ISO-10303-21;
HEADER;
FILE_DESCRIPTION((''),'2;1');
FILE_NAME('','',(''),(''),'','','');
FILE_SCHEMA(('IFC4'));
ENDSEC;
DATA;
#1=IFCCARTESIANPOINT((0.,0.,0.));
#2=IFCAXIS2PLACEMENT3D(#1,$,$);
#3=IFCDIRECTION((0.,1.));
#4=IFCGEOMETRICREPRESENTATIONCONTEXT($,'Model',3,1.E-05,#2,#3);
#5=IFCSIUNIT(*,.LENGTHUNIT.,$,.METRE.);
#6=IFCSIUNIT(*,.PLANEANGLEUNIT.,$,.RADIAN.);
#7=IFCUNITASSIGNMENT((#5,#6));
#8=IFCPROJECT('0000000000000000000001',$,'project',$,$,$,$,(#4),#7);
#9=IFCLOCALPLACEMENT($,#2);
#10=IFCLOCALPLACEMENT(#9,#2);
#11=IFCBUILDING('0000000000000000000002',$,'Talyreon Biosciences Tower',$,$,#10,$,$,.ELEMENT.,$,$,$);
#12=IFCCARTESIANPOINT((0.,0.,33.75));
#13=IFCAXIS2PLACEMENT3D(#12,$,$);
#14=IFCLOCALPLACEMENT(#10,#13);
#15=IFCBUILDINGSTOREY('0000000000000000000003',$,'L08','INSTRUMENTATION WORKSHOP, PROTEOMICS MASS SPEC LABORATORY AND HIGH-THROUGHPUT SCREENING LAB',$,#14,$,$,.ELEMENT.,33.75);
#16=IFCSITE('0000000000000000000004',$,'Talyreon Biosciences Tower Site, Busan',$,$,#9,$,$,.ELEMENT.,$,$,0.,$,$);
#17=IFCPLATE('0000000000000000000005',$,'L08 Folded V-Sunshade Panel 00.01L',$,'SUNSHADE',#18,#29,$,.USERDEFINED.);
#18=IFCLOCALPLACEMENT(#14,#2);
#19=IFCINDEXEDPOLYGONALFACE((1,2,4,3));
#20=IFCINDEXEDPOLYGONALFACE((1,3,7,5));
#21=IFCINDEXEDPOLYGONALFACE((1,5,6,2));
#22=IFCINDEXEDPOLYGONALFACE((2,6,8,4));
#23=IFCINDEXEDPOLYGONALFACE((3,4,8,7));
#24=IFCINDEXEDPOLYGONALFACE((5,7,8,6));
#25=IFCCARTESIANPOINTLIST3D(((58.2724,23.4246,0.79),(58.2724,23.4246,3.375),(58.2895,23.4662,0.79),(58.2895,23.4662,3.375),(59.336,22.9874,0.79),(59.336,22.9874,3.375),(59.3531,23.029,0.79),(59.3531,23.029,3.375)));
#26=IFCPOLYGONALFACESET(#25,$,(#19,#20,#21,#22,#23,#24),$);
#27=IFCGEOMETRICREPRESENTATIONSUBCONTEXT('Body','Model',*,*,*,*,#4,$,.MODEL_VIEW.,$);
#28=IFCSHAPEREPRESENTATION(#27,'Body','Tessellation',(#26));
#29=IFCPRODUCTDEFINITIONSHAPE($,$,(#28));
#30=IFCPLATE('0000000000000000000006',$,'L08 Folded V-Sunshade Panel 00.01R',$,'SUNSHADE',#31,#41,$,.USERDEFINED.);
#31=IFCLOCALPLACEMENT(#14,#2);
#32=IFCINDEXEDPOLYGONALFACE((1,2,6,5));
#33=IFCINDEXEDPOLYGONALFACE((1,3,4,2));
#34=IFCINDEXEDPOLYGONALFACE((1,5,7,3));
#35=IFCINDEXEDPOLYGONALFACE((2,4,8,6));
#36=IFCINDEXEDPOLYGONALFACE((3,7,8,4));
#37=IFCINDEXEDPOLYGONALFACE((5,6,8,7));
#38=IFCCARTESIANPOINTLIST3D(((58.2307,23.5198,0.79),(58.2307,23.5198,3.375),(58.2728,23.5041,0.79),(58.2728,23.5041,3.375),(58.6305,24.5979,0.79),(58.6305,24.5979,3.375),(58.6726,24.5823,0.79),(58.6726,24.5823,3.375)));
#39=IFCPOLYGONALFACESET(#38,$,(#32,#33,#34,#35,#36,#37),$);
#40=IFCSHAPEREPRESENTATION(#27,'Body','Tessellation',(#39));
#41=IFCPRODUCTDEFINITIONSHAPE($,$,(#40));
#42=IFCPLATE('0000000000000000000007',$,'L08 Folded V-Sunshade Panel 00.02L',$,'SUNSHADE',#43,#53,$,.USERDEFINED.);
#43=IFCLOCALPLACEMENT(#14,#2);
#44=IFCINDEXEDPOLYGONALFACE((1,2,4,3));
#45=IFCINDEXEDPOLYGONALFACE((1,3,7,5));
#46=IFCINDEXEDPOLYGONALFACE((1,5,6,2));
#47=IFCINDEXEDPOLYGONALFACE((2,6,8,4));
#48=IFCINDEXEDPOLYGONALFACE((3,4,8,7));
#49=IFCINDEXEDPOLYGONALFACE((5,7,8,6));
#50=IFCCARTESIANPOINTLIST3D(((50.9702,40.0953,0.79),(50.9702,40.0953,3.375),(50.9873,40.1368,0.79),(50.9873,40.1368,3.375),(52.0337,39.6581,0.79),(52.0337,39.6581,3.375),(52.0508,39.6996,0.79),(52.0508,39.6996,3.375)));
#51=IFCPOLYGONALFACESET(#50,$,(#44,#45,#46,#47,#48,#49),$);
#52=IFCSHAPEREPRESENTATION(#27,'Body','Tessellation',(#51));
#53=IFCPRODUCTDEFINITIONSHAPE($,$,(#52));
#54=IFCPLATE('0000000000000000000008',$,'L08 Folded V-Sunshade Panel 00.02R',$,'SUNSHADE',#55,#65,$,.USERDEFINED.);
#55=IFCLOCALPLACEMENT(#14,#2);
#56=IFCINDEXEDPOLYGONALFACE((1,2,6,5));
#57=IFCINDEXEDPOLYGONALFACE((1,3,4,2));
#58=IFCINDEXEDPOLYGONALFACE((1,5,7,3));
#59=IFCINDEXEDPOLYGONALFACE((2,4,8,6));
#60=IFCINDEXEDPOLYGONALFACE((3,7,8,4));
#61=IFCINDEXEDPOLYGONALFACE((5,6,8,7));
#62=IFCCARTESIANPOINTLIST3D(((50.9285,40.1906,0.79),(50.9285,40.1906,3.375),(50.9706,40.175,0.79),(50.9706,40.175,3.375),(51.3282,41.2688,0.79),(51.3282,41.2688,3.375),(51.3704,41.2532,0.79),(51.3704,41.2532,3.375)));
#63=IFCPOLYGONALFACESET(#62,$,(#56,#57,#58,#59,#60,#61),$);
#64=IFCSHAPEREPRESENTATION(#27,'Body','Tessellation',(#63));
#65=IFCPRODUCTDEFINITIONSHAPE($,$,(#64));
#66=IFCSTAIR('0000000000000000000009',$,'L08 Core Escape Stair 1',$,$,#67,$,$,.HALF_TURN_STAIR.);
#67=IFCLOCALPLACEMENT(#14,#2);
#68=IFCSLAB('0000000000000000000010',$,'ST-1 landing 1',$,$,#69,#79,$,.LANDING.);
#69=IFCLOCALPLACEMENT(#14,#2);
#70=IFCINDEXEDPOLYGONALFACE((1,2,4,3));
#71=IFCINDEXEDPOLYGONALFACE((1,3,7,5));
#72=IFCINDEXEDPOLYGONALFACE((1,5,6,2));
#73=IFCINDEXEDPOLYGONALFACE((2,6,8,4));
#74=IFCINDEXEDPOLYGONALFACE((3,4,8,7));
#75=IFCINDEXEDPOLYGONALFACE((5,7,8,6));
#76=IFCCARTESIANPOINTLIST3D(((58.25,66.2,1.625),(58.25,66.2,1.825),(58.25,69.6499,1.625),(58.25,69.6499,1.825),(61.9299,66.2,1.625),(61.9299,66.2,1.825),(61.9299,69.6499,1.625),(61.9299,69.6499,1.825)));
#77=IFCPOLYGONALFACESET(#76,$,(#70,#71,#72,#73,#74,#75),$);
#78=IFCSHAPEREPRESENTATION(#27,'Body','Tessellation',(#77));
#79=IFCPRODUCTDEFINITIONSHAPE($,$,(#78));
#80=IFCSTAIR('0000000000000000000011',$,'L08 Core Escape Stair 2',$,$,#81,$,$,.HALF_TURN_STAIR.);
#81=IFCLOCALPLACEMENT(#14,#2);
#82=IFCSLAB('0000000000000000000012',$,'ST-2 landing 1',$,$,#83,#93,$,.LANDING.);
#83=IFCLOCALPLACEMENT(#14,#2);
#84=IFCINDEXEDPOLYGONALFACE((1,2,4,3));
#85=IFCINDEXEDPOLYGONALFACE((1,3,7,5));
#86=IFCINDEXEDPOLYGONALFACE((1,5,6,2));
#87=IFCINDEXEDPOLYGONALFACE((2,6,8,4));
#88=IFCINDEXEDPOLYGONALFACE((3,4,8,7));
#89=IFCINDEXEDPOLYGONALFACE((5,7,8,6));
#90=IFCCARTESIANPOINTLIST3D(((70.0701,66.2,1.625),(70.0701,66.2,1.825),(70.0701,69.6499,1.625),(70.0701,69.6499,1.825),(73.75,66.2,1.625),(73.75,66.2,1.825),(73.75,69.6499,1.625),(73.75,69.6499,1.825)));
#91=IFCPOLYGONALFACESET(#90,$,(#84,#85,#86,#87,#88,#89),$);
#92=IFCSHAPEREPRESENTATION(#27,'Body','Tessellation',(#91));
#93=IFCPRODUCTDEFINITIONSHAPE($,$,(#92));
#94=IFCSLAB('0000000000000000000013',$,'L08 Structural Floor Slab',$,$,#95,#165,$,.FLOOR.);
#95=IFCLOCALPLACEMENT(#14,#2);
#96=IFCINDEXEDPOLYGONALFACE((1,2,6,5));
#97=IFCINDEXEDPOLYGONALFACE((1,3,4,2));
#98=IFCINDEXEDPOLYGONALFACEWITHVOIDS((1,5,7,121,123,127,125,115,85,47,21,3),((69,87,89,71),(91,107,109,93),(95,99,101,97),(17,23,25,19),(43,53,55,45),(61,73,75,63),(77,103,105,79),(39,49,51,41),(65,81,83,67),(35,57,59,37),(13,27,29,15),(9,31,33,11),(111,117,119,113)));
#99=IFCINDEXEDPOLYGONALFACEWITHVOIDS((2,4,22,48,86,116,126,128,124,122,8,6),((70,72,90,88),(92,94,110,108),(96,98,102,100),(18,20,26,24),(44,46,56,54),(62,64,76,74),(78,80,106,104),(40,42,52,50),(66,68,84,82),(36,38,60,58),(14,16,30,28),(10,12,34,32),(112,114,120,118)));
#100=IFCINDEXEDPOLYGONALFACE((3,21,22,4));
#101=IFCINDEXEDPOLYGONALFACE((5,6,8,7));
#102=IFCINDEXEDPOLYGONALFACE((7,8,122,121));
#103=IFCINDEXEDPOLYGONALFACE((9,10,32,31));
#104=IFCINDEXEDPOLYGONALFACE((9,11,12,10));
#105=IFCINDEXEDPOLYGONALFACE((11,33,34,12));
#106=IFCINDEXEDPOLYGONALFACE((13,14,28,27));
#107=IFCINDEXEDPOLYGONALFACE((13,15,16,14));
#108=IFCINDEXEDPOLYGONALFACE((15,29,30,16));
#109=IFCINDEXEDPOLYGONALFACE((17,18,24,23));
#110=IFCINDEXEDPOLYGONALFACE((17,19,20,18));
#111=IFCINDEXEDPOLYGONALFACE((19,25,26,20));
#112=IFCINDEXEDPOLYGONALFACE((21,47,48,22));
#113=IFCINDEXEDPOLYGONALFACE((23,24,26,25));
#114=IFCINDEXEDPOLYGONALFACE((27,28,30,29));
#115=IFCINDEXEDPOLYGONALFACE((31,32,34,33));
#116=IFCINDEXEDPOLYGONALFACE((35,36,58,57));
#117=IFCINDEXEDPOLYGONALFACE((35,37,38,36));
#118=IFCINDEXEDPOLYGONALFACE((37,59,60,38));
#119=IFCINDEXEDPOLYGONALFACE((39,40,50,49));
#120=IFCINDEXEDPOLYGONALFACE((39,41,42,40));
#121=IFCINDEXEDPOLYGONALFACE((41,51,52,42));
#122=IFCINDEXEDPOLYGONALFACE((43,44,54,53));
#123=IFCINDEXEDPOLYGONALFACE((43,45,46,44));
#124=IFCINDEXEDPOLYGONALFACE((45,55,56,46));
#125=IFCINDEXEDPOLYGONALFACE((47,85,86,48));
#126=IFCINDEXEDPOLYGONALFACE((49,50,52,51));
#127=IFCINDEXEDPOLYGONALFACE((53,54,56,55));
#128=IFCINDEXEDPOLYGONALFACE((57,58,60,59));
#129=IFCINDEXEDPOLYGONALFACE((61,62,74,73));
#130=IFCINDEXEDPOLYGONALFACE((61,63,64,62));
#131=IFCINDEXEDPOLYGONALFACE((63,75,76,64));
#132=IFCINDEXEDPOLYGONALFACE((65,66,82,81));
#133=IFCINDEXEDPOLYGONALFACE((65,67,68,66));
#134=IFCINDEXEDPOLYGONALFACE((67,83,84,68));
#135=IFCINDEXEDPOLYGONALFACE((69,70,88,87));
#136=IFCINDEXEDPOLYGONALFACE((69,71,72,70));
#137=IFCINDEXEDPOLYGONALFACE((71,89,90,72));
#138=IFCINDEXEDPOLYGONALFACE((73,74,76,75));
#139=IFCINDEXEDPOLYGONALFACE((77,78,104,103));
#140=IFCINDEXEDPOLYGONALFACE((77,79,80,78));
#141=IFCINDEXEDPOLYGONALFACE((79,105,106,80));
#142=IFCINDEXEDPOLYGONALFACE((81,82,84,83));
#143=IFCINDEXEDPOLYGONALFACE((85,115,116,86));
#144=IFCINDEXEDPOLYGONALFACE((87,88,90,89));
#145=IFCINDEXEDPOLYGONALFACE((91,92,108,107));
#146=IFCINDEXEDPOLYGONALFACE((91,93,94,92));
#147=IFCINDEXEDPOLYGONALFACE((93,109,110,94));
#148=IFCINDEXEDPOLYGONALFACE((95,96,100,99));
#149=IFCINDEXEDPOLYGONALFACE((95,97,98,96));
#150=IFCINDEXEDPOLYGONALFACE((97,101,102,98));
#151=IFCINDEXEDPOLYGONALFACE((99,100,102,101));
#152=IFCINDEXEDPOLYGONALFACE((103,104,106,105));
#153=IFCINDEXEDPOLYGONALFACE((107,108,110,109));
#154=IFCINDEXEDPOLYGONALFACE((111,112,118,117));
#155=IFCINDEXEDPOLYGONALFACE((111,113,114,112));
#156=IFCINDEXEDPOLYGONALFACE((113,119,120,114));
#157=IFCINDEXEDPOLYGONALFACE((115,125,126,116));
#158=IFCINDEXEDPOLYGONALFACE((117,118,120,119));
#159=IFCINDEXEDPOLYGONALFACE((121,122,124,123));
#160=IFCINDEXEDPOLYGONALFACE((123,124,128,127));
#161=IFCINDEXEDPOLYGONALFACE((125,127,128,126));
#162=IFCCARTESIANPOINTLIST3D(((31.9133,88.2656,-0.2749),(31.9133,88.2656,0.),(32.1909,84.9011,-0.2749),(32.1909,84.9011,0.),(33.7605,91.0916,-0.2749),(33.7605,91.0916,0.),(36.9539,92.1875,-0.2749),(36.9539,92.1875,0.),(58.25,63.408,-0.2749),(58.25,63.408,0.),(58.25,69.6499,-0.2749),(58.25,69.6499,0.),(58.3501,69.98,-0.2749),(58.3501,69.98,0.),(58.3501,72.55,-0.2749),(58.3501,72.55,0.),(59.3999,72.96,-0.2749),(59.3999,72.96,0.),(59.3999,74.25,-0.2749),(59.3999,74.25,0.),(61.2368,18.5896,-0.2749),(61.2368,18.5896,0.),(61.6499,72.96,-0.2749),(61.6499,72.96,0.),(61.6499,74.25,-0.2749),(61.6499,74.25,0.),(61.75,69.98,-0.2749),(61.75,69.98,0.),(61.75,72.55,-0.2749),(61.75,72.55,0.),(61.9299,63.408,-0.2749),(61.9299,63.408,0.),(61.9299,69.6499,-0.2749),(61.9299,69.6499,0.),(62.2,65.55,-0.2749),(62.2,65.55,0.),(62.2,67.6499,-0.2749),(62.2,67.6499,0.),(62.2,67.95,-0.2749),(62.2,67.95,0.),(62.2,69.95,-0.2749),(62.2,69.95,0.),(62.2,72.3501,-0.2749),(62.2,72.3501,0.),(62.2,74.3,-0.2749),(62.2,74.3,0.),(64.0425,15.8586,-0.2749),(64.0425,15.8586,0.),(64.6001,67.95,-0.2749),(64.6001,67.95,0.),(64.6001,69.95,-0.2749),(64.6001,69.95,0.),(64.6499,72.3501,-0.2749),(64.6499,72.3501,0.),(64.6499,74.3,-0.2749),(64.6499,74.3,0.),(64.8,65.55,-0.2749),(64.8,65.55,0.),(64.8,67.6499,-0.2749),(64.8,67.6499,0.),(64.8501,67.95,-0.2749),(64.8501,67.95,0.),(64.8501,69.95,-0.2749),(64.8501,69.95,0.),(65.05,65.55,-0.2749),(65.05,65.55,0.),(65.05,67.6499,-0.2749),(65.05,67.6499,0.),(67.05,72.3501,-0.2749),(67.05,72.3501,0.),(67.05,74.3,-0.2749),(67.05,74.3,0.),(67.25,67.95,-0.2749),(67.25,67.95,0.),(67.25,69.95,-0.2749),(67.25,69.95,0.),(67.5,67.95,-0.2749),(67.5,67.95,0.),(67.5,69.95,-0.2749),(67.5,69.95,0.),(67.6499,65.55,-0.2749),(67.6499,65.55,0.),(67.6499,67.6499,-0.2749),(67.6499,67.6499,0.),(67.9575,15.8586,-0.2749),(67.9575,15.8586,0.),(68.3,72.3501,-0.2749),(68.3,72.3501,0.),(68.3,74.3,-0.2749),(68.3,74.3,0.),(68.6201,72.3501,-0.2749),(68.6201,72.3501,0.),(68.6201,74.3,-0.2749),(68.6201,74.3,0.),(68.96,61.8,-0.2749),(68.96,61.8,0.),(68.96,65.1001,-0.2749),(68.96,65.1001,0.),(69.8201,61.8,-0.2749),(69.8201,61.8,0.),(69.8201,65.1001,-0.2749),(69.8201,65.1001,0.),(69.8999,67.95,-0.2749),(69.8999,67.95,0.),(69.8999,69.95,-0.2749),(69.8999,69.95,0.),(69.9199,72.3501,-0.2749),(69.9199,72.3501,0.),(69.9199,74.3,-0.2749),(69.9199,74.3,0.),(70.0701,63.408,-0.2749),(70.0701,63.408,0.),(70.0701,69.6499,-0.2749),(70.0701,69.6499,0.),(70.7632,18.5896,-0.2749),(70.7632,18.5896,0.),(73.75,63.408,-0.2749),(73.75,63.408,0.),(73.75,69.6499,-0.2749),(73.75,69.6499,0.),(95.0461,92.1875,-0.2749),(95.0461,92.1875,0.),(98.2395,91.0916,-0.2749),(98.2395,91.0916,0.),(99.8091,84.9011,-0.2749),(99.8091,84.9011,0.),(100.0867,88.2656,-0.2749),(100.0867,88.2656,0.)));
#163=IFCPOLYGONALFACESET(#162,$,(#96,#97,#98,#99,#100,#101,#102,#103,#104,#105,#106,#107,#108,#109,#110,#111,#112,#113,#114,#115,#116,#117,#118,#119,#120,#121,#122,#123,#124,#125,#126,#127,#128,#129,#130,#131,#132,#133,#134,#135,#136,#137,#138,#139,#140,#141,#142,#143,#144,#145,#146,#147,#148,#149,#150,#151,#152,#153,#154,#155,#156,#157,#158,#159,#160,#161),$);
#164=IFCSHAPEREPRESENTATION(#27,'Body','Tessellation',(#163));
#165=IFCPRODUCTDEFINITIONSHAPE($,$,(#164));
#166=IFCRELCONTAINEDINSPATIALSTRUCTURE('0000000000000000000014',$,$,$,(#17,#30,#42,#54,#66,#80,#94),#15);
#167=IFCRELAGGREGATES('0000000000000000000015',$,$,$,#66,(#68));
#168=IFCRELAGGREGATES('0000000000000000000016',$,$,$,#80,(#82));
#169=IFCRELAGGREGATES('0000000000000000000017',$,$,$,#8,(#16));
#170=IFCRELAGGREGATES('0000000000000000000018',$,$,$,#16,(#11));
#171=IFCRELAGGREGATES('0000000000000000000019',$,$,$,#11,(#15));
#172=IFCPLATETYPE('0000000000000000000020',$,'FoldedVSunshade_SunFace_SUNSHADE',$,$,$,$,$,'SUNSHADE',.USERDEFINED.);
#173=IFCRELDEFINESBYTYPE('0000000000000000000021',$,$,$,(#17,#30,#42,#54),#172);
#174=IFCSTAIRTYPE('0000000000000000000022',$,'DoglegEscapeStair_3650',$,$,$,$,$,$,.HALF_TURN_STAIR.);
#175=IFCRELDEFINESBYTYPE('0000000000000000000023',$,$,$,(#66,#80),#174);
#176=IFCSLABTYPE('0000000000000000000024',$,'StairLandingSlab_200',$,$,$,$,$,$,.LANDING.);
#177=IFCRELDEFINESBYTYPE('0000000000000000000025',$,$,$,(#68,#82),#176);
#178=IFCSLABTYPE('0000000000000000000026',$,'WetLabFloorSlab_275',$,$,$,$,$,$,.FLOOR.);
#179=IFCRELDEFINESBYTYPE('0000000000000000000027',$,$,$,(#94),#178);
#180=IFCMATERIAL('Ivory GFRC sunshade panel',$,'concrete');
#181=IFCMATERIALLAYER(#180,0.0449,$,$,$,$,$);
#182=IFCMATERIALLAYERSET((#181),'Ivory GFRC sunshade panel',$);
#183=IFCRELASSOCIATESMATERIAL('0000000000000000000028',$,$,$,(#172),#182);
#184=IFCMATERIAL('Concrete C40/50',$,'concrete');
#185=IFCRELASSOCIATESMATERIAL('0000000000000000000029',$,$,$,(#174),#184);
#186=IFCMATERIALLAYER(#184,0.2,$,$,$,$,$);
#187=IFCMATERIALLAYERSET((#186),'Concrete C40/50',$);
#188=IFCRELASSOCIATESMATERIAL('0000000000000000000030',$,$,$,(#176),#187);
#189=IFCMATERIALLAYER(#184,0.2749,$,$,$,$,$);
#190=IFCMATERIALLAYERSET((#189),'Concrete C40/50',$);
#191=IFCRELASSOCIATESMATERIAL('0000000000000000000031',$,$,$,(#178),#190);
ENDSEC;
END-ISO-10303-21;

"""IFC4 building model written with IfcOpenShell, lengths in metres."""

from ifc_helpers import new_model, si_unit, direction, frame, origin, origin_2d, place, context, subcontext, project, spatial, polyline, rectangle, outline, extrude, material, layer, layer_set, type_object, element, aggregate, save


model = new_model("IFC4")

# Units and contexts
model_context = context("Model", 3, precision=1e-05, world=origin(), true_north=direction((0.0, 1.0)))
body_context = subcontext(model_context, "Body", "Model", "MODEL_VIEW")
ifc_project = project(units=[si_unit("LENGTHUNIT", "METRE"), si_unit("PLANEANGLEUNIT", "RADIAN")], contexts=[model_context])

# Site, building, storey
site_placement = place(None, origin())
site = spatial("IfcSite", under=ifc_project, at=site_placement, Name="Talyreon Biosciences Tower Site, Busan", CompositionType="ELEMENT", RefElevation=0.0)
building_placement = place(site_placement, origin())
building = spatial("IfcBuilding", under=site, at=building_placement, Name="Talyreon Biosciences Tower", CompositionType="ELEMENT")
storey_placement = place(building_placement, frame((0.0, 0.0, 33.75)))
storey = spatial("IfcBuildingStorey", under=building, at=storey_placement, Name="L08", Description="INSTRUMENTATION WORKSHOP, PROTEOMICS MASS SPEC LABORATORY AND HIGH-THROUGHPUT SCREENING LAB", CompositionType="ELEMENT", Elevation=33.75)

# Plates
ifc_material_1 = material(Name="Ivory GFRC sunshade panel", Category="concrete")
ifc_layer_1 = layer(ifc_material_1, 0.0449)
ifc_layer_set_1 = layer_set([ifc_layer_1], Name="Ivory GFRC sunshade panel")
plate_type_1 = type_object("IfcPlateType", Name="FoldedVSunshade_SunFace_SUNSHADE", ElementType="SUNSHADE", PredefinedType="USERDEFINED", material=ifc_layer_set_1)
for number, where, z_axis, x_axis, name in (
    (1, (58.8127, 23.2268, 0.79), (0.0, 0.0, 1.0), (-0.924911, 0.380183, 0.0), "L08 Folded V-Sunshade Panel 00.01L"),
    (2, (58.4517, 24.051, 0.79), (0.0, 0.0, 1.0), (0.347672, 0.937616, 0.0), "L08 Folded V-Sunshade Panel 00.01R"),
    (3, (51.5105, 39.8975, 0.79), (0.0, 0.0, 1.0), (-0.924911, 0.380183, 0.0), "L08 Folded V-Sunshade Panel 00.02L"),
    (4, (51.1494, 40.7219, 0.79), (0.0, 0.0, 1.0), (0.347672, 0.937616, 0.0), "L08 Folded V-Sunshade Panel 00.02R"),
):
    element("IfcPlate", number, at=place(storey_placement, frame(where, z_axis=z_axis, x_axis=x_axis)), inside=storey, type_object=plate_type_1, Name=name, ObjectType="SUNSHADE", PredefinedType="USERDEFINED", context=body_context, shape_type="SweptSolid", body=[
        extrude(rectangle(XDim=1.1499, YDim=0.0449, at=origin_2d()), origin(), (0.0, 0.0, 1.0), 2.585),
    ])

# Stairs, slabs
ifc_material_2 = material(Name="Concrete C40/50", Category="concrete")
stair_type = type_object("IfcStairType", Name="DoglegEscapeStair_3650", PredefinedType="HALF_TURN_STAIR", material=ifc_material_2)
stair_1_placement = place(storey_placement, origin())
stair_1 = element("IfcStair", 5, at=stair_1_placement, inside=storey, type_object=stair_type, Name="L08 Core Escape Stair 1", PredefinedType="HALF_TURN_STAIR")
ifc_layer_2 = layer(ifc_material_2, 0.2)
ifc_layer_set_2 = layer_set([ifc_layer_2], Name="Concrete C40/50")
slab_type_1 = type_object("IfcSlabType", Name="StairLandingSlab_200", PredefinedType="LANDING", material=ifc_layer_set_2)
slab_1_placement = place(storey_placement, frame((0.0, 0.0, 1.625)))
slab_1 = element("IfcSlab", 6, at=slab_1_placement, type_object=slab_type_1, Name="ST-1 landing 1", PredefinedType="LANDING", context=body_context, shape_type="SweptSolid", body=[
    extrude(outline(polyline([(61.9299, 66.2), (61.9299, 69.6499), (58.25, 69.6499), (58.25, 66.2), (61.9299, 66.2)])), origin(), (0.0, 0.0, 1.0), 0.2),
])
aggregate(stair_1, [slab_1])
stair_2_placement = place(storey_placement, origin())
stair_2 = element("IfcStair", 7, at=stair_2_placement, inside=storey, type_object=stair_type, Name="L08 Core Escape Stair 2", PredefinedType="HALF_TURN_STAIR")
slab_2_placement = place(storey_placement, frame((0.0, 0.0, 1.625)))
slab_2 = element("IfcSlab", 8, at=slab_2_placement, type_object=slab_type_1, Name="ST-2 landing 1", PredefinedType="LANDING", context=body_context, shape_type="SweptSolid", body=[
    extrude(outline(polyline([(73.75, 66.2), (73.75, 69.6499), (70.0701, 69.6499), (70.0701, 66.2), (73.75, 66.2)])), origin(), (0.0, 0.0, 1.0), 0.2),
])
aggregate(stair_2, [slab_2])

# Slab
ifc_layer_3 = layer(ifc_material_2, 0.2749)
ifc_layer_set_3 = layer_set([ifc_layer_3], Name="Concrete C40/50")
slab_type_2 = type_object("IfcSlabType", Name="WetLabFloorSlab_275", PredefinedType="FLOOR", material=ifc_layer_set_3)
slab_3_placement = place(storey_placement, frame((0.0, 0.0, -0.2749)))
element("IfcSlab", 9, at=slab_3_placement, inside=storey, type_object=slab_type_2, Name="L08 Structural Floor Slab", PredefinedType="FLOOR", context=body_context, shape_type="SweptSolid", body=[
    extrude(outline(polyline([(61.2368, 18.5896), (32.1909, 84.9011), (31.9133, 88.2656), (33.7605, 91.0916), (36.9539, 92.1875), (95.0461, 92.1875), (98.2395, 91.0916), (100.0867, 88.2656), (99.8091, 84.9011), (70.7632, 18.5896), (67.9575, 15.8586), (64.0425, 15.8586), (61.2368, 18.5896)]), holes=[polyline([(61.9299, 69.6499), (61.9299, 63.408), (58.25, 63.408), (58.25, 69.6499), (61.9299, 69.6499)]), polyline([(64.8, 65.55), (62.2, 65.55), (62.2, 67.6499), (64.8, 67.6499), (64.8, 65.55)]), polyline([(64.6001, 67.95), (62.2, 67.95), (62.2, 69.95), (64.6001, 69.95), (64.6001, 67.95)]), polyline([(67.25, 69.95), (67.25, 67.95), (64.8501, 67.95), (64.8501, 69.95), (67.25, 69.95)]), polyline([(61.75, 69.98), (58.3501, 69.98), (58.3501, 72.55), (61.75, 72.55), (61.75, 69.98)]), polyline([(64.6499, 72.3501), (62.2, 72.3501), (62.2, 74.3), (64.6499, 74.3), (64.6499, 72.3501)]), polyline([(61.6499, 74.25), (61.6499, 72.96), (59.3999, 72.96), (59.3999, 74.25), (61.6499, 74.25)]), polyline([(69.8201, 61.8), (68.96, 61.8), (68.96, 65.1001), (69.8201, 65.1001), (69.8201, 61.8)]), polyline([(73.75, 63.408), (70.0701, 63.408), (70.0701, 69.6499), (73.75, 69.6499), (73.75, 63.408)]), polyline([(67.6499, 65.55), (65.05, 65.55), (65.05, 67.6499), (67.6499, 67.6499), (67.6499, 65.55)]), polyline([(69.8999, 67.95), (67.5, 67.95), (67.5, 69.95), (69.8999, 69.95), (69.8999, 67.95)]), polyline([(68.3, 72.3501), (67.05, 72.3501), (67.05, 74.3), (68.3, 74.3), (68.3, 72.3501)]), polyline([(69.9199, 72.3501), (68.6201, 72.3501), (68.6201, 74.3), (69.9199, 74.3), (69.9199, 72.3501)])]), origin(), (0.0, 0.0, 1.0), 0.2749),
])

save(model, "model.ifc")
